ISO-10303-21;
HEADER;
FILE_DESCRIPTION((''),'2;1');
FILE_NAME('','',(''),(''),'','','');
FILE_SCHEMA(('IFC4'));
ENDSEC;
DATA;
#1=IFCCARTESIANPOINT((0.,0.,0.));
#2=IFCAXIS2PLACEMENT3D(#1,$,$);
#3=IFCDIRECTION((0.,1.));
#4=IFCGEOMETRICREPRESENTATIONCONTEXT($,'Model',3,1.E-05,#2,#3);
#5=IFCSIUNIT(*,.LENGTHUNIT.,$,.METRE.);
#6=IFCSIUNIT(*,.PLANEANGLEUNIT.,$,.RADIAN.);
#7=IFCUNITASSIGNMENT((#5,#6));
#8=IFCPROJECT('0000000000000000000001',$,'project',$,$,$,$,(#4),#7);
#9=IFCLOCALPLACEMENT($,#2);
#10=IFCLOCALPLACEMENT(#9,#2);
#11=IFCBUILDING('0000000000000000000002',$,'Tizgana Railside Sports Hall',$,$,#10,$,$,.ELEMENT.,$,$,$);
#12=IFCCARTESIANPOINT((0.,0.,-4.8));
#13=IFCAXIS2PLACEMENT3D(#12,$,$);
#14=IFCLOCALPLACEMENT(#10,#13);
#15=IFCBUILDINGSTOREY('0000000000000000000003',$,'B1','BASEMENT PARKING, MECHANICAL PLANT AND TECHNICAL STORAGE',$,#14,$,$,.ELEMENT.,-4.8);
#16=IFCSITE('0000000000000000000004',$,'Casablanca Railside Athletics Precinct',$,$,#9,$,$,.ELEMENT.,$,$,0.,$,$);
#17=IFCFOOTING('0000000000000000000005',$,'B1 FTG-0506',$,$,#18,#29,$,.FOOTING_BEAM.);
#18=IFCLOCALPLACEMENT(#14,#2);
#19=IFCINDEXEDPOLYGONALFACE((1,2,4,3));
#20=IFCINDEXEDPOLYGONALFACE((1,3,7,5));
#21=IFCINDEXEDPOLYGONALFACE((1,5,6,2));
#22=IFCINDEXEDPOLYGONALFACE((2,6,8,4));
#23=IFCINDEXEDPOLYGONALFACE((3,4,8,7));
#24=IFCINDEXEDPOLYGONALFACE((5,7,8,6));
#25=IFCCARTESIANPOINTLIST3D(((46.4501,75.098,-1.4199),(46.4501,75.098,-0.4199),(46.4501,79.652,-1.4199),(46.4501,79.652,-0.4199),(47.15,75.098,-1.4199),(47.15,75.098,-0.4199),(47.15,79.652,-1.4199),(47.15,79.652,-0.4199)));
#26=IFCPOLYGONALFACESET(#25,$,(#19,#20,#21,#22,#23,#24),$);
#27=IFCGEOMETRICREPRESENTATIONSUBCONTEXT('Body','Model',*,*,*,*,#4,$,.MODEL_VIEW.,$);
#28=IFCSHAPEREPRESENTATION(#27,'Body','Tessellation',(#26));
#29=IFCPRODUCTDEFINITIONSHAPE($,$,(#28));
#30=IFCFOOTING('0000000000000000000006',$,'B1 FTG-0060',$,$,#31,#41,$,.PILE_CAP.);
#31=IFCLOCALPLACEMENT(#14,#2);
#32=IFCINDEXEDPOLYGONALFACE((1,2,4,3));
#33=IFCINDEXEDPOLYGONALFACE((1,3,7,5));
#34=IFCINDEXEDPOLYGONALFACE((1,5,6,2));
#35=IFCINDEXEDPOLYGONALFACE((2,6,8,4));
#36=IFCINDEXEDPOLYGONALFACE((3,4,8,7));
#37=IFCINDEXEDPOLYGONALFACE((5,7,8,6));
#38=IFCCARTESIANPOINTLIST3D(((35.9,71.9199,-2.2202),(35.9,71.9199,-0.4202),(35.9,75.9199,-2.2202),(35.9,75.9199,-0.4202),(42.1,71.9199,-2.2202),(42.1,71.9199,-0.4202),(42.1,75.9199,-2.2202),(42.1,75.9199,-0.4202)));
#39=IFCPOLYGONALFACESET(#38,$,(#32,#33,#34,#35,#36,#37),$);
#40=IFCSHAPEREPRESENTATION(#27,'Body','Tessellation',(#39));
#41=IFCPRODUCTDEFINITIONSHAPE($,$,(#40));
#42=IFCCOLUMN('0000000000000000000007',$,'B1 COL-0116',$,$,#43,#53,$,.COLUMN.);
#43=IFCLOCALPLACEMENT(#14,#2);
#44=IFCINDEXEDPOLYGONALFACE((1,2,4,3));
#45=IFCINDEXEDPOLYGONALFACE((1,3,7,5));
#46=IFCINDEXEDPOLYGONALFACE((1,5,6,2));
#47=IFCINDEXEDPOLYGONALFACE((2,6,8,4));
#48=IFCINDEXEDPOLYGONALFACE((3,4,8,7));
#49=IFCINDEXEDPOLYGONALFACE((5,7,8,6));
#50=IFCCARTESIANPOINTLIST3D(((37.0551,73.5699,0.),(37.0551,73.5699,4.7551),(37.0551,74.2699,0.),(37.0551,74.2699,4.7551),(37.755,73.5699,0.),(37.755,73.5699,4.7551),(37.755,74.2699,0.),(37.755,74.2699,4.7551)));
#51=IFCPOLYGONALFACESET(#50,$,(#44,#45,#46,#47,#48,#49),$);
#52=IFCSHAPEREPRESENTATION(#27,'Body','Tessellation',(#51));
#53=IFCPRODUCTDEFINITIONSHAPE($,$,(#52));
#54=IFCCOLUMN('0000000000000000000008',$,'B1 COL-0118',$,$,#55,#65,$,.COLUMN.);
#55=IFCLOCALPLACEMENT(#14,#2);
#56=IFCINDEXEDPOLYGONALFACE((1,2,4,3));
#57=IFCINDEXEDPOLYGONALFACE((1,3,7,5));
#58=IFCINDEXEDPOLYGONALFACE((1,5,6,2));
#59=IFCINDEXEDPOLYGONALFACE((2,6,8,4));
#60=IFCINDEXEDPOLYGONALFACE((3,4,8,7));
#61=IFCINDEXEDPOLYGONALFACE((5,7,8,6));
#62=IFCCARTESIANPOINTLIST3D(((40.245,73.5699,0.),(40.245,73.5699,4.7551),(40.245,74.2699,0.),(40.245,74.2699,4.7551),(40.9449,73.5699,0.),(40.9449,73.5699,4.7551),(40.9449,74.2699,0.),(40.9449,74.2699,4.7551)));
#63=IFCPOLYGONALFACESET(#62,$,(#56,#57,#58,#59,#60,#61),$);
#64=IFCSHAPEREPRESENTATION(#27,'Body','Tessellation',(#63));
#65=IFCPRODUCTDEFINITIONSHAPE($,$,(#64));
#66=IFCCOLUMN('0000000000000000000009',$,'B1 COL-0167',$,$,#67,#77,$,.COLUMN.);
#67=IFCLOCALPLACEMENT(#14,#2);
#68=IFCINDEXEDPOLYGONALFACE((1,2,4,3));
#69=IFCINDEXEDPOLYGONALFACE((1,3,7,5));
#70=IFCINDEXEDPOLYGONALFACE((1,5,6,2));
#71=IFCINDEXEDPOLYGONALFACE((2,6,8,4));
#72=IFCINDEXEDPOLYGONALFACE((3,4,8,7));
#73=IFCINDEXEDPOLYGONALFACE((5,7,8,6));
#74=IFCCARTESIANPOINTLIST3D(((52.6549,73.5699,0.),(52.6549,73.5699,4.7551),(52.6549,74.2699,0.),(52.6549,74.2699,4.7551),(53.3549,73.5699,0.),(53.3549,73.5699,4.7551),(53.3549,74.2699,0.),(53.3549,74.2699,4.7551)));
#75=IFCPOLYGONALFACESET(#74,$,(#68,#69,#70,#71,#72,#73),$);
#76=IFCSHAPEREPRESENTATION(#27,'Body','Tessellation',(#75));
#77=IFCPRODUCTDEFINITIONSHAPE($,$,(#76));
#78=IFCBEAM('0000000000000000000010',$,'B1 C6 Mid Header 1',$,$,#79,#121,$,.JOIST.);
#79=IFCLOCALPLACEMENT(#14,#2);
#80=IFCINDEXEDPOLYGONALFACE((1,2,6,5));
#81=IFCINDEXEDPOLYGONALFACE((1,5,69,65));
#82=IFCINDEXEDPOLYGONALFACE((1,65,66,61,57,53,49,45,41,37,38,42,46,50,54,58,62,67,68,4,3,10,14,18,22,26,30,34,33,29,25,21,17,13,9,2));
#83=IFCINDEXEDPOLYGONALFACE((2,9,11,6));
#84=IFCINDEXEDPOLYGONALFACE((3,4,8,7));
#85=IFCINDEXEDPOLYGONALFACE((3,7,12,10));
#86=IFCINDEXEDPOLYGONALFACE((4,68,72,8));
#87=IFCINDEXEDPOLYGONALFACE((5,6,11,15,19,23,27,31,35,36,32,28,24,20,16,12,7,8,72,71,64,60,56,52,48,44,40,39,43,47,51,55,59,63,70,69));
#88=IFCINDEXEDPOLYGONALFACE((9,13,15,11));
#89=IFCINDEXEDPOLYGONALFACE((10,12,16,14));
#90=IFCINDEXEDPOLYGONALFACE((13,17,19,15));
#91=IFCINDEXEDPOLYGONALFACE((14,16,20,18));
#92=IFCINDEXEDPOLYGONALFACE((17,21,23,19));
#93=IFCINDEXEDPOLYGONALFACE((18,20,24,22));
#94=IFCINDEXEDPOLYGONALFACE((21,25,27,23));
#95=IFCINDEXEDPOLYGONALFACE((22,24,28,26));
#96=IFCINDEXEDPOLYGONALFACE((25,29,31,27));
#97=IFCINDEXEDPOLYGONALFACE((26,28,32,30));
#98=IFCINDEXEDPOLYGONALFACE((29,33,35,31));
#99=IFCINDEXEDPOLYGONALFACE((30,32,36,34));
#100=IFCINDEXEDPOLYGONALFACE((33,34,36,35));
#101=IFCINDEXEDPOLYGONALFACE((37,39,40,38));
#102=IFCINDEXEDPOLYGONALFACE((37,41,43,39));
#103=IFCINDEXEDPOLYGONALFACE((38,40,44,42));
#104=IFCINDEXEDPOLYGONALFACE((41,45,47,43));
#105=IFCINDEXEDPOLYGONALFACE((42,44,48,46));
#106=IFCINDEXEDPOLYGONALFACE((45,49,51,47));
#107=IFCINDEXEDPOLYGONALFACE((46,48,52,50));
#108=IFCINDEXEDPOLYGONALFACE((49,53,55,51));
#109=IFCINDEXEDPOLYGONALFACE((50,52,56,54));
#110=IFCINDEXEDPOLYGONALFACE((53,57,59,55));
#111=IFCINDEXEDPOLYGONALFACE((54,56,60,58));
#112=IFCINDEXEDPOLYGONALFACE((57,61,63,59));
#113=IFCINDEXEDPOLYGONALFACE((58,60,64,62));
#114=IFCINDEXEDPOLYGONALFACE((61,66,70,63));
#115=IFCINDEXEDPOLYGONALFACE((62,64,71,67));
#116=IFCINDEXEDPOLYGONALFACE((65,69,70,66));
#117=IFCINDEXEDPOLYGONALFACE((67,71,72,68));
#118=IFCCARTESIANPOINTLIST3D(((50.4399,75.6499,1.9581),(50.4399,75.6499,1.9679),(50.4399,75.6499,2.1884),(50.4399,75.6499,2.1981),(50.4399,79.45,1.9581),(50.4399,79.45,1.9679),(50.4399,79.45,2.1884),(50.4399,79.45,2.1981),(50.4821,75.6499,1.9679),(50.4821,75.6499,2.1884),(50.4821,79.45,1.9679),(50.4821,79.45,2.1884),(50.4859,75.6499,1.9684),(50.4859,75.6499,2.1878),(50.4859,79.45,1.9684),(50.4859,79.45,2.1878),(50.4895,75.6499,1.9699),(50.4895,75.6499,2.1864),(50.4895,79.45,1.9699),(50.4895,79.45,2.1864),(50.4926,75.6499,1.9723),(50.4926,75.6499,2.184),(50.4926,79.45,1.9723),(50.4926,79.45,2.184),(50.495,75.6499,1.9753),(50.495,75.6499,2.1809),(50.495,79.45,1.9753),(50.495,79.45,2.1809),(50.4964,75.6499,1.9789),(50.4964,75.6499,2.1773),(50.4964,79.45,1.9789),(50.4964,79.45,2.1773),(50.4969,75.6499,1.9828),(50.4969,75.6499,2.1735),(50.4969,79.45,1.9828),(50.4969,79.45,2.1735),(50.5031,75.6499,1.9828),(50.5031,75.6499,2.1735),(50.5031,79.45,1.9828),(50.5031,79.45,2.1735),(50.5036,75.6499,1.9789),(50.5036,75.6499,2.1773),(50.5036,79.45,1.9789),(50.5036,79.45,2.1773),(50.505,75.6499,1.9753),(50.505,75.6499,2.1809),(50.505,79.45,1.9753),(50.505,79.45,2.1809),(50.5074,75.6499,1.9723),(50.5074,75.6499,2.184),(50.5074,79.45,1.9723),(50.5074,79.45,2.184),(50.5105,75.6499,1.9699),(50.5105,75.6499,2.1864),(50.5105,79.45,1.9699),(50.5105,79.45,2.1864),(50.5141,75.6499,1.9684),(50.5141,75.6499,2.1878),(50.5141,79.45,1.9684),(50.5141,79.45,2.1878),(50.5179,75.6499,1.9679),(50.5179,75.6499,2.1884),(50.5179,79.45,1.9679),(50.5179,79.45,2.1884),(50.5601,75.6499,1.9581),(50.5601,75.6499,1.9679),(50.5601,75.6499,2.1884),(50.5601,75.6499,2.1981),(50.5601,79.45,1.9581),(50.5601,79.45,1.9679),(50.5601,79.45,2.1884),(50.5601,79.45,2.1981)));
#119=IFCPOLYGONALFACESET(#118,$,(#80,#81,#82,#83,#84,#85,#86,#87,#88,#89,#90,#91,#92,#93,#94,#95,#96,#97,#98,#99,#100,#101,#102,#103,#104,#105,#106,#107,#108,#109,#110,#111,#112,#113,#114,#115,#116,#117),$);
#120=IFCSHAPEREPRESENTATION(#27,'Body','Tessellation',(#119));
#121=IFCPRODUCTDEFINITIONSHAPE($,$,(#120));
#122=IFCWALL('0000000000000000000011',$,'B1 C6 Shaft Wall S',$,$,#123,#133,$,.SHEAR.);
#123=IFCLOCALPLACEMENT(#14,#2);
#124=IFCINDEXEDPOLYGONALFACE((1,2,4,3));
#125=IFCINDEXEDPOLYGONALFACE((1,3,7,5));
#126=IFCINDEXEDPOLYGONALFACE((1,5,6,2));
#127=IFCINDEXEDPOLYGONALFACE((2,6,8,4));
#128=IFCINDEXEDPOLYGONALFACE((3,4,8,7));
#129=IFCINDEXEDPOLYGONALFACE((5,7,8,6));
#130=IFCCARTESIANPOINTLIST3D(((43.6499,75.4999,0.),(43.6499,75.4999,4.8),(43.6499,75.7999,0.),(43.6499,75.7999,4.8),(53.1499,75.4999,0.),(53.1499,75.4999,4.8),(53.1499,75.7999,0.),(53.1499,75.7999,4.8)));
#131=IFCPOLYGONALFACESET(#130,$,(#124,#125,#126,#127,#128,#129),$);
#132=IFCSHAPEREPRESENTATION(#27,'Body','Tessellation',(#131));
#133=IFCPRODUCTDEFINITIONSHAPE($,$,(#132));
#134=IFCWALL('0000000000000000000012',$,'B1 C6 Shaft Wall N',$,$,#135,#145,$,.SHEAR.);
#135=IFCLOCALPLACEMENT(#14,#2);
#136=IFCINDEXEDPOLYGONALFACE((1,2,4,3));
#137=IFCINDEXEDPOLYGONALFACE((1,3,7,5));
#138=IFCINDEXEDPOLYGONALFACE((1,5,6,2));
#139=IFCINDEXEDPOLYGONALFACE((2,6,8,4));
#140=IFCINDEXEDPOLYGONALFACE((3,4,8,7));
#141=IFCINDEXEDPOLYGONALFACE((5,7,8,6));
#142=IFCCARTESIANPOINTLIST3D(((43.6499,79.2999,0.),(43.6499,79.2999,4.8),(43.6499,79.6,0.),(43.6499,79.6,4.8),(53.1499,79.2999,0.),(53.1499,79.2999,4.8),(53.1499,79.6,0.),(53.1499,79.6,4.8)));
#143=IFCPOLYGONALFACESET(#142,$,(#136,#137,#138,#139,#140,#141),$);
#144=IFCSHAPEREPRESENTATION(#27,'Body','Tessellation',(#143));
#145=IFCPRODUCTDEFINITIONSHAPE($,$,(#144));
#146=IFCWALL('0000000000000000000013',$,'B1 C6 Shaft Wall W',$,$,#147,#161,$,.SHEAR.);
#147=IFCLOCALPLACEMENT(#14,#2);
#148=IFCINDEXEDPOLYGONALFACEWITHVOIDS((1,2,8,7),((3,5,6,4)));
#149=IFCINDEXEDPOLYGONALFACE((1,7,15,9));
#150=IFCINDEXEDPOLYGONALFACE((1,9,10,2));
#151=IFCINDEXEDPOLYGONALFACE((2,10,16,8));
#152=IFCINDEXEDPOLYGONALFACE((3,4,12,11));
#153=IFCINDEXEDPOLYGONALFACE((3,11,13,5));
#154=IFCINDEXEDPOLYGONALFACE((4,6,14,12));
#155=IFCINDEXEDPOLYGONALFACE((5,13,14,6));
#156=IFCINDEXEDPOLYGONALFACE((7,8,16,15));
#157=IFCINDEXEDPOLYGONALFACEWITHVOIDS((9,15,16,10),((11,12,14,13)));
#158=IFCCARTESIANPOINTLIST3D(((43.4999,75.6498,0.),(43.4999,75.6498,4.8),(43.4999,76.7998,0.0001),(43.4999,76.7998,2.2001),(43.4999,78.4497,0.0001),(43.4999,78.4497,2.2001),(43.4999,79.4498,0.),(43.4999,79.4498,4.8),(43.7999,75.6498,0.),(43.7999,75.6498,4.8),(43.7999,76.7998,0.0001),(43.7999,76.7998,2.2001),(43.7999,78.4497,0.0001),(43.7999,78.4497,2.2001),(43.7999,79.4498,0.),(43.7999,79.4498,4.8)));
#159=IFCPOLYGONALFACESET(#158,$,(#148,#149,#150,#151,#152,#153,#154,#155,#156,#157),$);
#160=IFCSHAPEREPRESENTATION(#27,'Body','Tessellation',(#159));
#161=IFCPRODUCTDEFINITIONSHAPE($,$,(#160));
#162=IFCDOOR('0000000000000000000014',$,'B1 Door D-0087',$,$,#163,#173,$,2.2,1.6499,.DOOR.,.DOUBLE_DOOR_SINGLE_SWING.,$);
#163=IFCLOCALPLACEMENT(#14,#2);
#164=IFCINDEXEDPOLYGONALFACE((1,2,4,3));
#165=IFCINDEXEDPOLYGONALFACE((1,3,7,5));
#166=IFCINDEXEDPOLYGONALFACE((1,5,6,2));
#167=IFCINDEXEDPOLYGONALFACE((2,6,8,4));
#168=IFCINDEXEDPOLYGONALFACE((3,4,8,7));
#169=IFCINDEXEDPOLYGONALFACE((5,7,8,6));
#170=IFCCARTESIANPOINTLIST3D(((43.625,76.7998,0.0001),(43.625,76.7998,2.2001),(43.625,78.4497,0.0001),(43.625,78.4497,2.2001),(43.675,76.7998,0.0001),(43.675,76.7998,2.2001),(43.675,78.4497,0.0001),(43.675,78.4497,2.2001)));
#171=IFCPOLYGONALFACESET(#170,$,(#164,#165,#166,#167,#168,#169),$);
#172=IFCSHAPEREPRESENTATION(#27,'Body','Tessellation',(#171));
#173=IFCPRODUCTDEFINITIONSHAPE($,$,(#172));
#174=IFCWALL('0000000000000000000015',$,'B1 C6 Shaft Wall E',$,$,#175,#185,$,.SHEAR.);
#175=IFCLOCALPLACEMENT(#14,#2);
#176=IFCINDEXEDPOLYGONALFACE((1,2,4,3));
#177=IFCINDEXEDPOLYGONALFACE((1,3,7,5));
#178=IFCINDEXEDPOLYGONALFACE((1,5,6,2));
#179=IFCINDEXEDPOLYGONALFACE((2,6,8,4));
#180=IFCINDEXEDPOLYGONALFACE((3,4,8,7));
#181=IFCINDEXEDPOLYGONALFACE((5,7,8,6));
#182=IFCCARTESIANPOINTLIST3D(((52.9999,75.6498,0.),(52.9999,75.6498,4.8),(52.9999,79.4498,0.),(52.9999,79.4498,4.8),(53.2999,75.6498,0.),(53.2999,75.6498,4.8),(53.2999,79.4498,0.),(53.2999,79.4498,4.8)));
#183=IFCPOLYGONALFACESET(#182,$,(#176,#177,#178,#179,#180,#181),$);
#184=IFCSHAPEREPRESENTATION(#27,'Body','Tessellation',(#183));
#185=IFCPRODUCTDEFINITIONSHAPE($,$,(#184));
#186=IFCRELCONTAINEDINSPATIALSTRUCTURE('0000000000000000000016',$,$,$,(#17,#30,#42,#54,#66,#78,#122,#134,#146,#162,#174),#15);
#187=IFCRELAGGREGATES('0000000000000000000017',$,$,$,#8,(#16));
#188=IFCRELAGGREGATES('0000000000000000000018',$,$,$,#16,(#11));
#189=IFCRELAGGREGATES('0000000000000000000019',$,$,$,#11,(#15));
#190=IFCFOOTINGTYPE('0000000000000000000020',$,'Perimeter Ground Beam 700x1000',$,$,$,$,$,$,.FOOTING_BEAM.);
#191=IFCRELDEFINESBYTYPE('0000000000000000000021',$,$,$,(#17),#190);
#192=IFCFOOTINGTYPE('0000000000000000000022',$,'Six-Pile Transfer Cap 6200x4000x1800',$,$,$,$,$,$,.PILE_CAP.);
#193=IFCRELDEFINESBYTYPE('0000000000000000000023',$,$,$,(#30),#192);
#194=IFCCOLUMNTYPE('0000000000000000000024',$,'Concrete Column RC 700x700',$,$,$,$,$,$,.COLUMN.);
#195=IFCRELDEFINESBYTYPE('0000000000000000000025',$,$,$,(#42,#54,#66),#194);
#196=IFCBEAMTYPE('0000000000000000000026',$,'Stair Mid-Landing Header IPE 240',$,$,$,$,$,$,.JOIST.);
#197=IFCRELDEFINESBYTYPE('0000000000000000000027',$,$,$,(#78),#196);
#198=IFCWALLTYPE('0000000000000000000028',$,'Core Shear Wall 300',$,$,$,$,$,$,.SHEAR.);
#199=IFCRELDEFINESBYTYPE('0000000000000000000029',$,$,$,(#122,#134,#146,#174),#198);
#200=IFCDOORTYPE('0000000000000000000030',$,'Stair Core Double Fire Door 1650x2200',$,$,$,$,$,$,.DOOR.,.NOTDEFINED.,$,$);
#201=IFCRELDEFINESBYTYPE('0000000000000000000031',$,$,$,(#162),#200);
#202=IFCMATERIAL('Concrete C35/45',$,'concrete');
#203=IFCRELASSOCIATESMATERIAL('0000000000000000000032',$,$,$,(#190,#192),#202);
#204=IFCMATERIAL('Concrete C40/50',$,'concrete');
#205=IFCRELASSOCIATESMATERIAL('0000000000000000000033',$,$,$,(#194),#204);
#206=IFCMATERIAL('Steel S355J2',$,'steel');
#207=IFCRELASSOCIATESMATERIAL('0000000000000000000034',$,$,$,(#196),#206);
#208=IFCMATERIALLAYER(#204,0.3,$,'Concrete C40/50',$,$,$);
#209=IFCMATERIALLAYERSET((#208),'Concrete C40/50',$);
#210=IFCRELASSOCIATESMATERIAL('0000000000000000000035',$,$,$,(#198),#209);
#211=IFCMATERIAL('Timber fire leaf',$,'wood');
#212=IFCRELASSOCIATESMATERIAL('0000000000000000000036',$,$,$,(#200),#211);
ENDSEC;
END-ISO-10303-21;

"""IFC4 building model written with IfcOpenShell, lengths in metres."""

from ifc_helpers import new_model, si_unit, direction, frame, frame_2d, origin, origin_2d, place, context, subcontext, project, spatial, rectangle, i_section, extrude, material, layer, layer_set, material_profile, profile_set, type_object, element, fill, save


model = new_model("IFC4")

# Units and contexts
model_context = context("Model", 3, precision=1e-05, world=origin(), true_north=direction((0.0, 1.0)))
body_context = subcontext(model_context, "Body", "Model", "MODEL_VIEW")
ifc_project = project(units=[si_unit("LENGTHUNIT", "METRE"), si_unit("PLANEANGLEUNIT", "RADIAN")], contexts=[model_context])

# Site, building, storey
site_placement = place(None, origin())
site = spatial("IfcSite", under=ifc_project, at=site_placement, Name="Casablanca Railside Athletics Precinct", CompositionType="ELEMENT", RefElevation=0.0)
building_placement = place(site_placement, origin())
building = spatial("IfcBuilding", under=site, at=building_placement, Name="Tizgana Railside Sports Hall", CompositionType="ELEMENT")
storey_placement = place(building_placement, frame((0.0, 0.0, -4.8)))
storey = spatial("IfcBuildingStorey", under=building, at=storey_placement, Name="B1", Description="BASEMENT PARKING, MECHANICAL PLANT AND TECHNICAL STORAGE", CompositionType="ELEMENT", Elevation=-4.8)

# Shared definitions
ifc_material_1 = material(Name="Concrete C35/45", Category="concrete")

# Footings
footing_type_1 = type_object("IfcFootingType", Name="Perimeter Ground Beam 700x1000", PredefinedType="FOOTING_BEAM", material=ifc_material_1)
footing_1_placement = place(storey_placement, frame((46.8, 77.375, -1.4199), z_axis=(0.0, 0.0, 1.0), x_axis=(0.0, 1.0, 0.0)))
element("IfcFooting", 1, at=footing_1_placement, inside=storey, type_object=footing_type_1, Name="B1 FTG-0506", PredefinedType="FOOTING_BEAM", context=body_context, shape_type="SweptSolid", body=[
    extrude(rectangle(XDim=4.554, YDim=0.7, at=origin_2d()), origin(), (0.0, 0.0, 1.0), 1.0),
])
footing_type_2 = type_object("IfcFootingType", Name="Six-Pile Transfer Cap 6200x4000x1800", PredefinedType="PILE_CAP", material=ifc_material_1)
footing_2_placement = place(storey_placement, frame((39.0, 73.9199, -2.2202), z_axis=(0.0, 0.0, 1.0), x_axis=(1.0, 0.0, 0.0)))
element("IfcFooting", 2, at=footing_2_placement, inside=storey, type_object=footing_type_2, Name="B1 FTG-0060", PredefinedType="PILE_CAP", context=body_context, shape_type="SweptSolid", body=[
    extrude(rectangle(XDim=6.2, YDim=4.0, at=origin_2d()), origin(), (0.0, 0.0, 1.0), 1.8),
])

# Columns
ifc_material_2 = material(Name="Concrete C40/50", Category="concrete")
ifc_material_profile_1 = material_profile(ifc_material_2, rectangle(XDim=0.7, YDim=0.7, at=origin_2d()), Name="RC 700x700")
ifc_profile_set_1 = profile_set([ifc_material_profile_1], Name="Concrete C40/50")
column_type = type_object("IfcColumnType", Name="Concrete Column RC 700x700", PredefinedType="COLUMN", material=ifc_profile_set_1)
for number, where, z_axis, x_axis, name in (
    (3, (37.405, 73.9199, 0.0), (0.0, 0.0, 1.0), (1.0, 0.0, 0.0), "B1 COL-0116"),
    (4, (40.595, 73.9199, 0.0), (0.0, 0.0, 1.0), (1.0, 0.0, 0.0), "B1 COL-0118"),
    (5, (53.0049, 73.9199, 0.0), (0.0, 0.0, 1.0), (1.0, 0.0, 0.0), "B1 COL-0167"),
):
    element("IfcColumn", number, at=place(storey_placement, frame(where, z_axis=z_axis, x_axis=x_axis)), inside=storey, type_object=column_type, Name=name, PredefinedType="COLUMN", context=body_context, shape_type="SweptSolid", body=[
        extrude(rectangle(XDim=0.7, YDim=0.7, at=origin_2d()), origin(), (0.0, 0.0, 1.0), 4.7551),
    ])

# Beam
ifc_material_3 = material(Name="Steel S355J2", Category="steel")
ifc_material_profile_2 = material_profile(ifc_material_3, i_section(OverallWidth=0.1201, OverallDepth=0.24, WebThickness=0.0061, FlangeThickness=0.0098, FilletRadius=0.0149, at=origin_2d()), Name="IPE 240")
ifc_profile_set_2 = profile_set([ifc_material_profile_2], Name="Steel S355J2")
beam_type = type_object("IfcBeamType", Name="Stair Mid-Landing Header IPE 240", PredefinedType="JOIST", material=ifc_profile_set_2)
beam_placement = place(storey_placement, frame((50.5, 75.6499, 2.0781), z_axis=(0.0, 1.0, 0.0), x_axis=(-1.0, 0.0, 0.0)))
element("IfcBeam", 6, at=beam_placement, inside=storey, type_object=beam_type, Name="B1 C6 Mid Header 1", PredefinedType="JOIST", context=body_context, shape_type="SweptSolid", body=[
    extrude(i_section(OverallWidth=0.1201, OverallDepth=0.24, WebThickness=0.0061, FlangeThickness=0.0098, FilletRadius=0.0149, at=origin_2d()), origin(), (0.0, 0.0, 1.0), 3.8),
])

# Walls
ifc_layer = layer(ifc_material_2, 0.3, Name="Concrete C40/50")
ifc_layer_set = layer_set([ifc_layer], Name="Concrete C40/50")
wall_type = type_object("IfcWallType", Name="Core Shear Wall 300", PredefinedType="SHEAR", material=ifc_layer_set)
for number, where, z_axis, x_axis, name in (
    (7, (53.1499, 75.6499, 0.0), (0.0, 0.0, 1.0), (-1.0, 0.0, 0.0), "B1 C6 Shaft Wall S"),
    (8, (43.6499, 79.45, 0.0), (0.0, 0.0, 1.0), (1.0, 0.0, 0.0), "B1 C6 Shaft Wall N"),
):
    element("IfcWall", number, at=place(storey_placement, frame(where, z_axis=z_axis, x_axis=x_axis)), inside=storey, type_object=wall_type, Name=name, PredefinedType="SHEAR", context=body_context, shape_type="SweptSolid", body=[
        extrude(rectangle(XDim=9.5, YDim=0.3, at=frame_2d((4.75, 0.0))), origin(), (0.0, 0.0, 1.0), 4.8),
    ])

# Wall, opening, door
wall_1_placement = place(storey_placement, frame((43.6499, 75.6499, 0.0), z_axis=(0.0, 0.0, 1.0), x_axis=(0.0, 1.0, 0.0)))
wall_1 = element("IfcWall", 9, at=wall_1_placement, inside=storey, type_object=wall_type, Name="B1 C6 Shaft Wall W", PredefinedType="SHEAR", context=body_context, shape_type="SweptSolid", body=[
    extrude(rectangle(XDim=3.8, YDim=0.3, at=frame_2d((1.8999, 0.0))), origin(), (0.0, 0.0, 1.0), 4.8),
])
opening_placement = place(wall_1_placement, frame((1.1499, 0.0, 0.0)))
opening = element("IfcOpeningElement", 10, at=opening_placement, cuts=wall_1, PredefinedType="OPENING", context=body_context, shape_type="SweptSolid", body=[
    extrude(rectangle(XDim=1.6499, YDim=2.2, at=frame_2d((0.825, 1.1001))), frame((0.0, 0.1599, 0.0), z_axis=(0.0, -1.0, 0.0), x_axis=(1.0, 0.0, 0.0)), (0.0, 0.0, 1.0), 0.3201),
])
ifc_material_4 = material(Name="Timber fire leaf", Category="wood")
door_type = type_object("IfcDoorType", Name="Stair Core Double Fire Door 1650x2200", OperationType="NOTDEFINED", PredefinedType="DOOR", material=ifc_material_4)
door_placement = place(opening_placement, origin())
door = element("IfcDoor", 11, at=door_placement, inside=storey, type_object=door_type, Name="B1 Door D-0087", OperationType="DOUBLE_DOOR_SINGLE_SWING", OverallHeight=2.2, OverallWidth=1.6499, PredefinedType="DOOR", context=body_context, shape_type="SweptSolid", body=[
    extrude(rectangle(XDim=1.6499, YDim=2.2, at=frame_2d((0.825, 1.1001))), frame((0.0, 0.0249, 0.0), z_axis=(0.0, -1.0, 0.0), x_axis=(1.0, 0.0, 0.0)), (0.0, 0.0, 1.0), 0.05),
])
fill(opening, door)

# Wall
wall_2_placement = place(storey_placement, frame((53.1499, 75.6499, 0.0), z_axis=(0.0, 0.0, 1.0), x_axis=(0.0, 1.0, 0.0)))
element("IfcWall", 12, at=wall_2_placement, inside=storey, type_object=wall_type, Name="B1 C6 Shaft Wall E", PredefinedType="SHEAR", context=body_context, shape_type="SweptSolid", body=[
    extrude(rectangle(XDim=3.8, YDim=0.3, at=frame_2d((1.8999, 0.0))), origin(), (0.0, 0.0, 1.0), 4.8),
])

save(model, "model.ifc")
